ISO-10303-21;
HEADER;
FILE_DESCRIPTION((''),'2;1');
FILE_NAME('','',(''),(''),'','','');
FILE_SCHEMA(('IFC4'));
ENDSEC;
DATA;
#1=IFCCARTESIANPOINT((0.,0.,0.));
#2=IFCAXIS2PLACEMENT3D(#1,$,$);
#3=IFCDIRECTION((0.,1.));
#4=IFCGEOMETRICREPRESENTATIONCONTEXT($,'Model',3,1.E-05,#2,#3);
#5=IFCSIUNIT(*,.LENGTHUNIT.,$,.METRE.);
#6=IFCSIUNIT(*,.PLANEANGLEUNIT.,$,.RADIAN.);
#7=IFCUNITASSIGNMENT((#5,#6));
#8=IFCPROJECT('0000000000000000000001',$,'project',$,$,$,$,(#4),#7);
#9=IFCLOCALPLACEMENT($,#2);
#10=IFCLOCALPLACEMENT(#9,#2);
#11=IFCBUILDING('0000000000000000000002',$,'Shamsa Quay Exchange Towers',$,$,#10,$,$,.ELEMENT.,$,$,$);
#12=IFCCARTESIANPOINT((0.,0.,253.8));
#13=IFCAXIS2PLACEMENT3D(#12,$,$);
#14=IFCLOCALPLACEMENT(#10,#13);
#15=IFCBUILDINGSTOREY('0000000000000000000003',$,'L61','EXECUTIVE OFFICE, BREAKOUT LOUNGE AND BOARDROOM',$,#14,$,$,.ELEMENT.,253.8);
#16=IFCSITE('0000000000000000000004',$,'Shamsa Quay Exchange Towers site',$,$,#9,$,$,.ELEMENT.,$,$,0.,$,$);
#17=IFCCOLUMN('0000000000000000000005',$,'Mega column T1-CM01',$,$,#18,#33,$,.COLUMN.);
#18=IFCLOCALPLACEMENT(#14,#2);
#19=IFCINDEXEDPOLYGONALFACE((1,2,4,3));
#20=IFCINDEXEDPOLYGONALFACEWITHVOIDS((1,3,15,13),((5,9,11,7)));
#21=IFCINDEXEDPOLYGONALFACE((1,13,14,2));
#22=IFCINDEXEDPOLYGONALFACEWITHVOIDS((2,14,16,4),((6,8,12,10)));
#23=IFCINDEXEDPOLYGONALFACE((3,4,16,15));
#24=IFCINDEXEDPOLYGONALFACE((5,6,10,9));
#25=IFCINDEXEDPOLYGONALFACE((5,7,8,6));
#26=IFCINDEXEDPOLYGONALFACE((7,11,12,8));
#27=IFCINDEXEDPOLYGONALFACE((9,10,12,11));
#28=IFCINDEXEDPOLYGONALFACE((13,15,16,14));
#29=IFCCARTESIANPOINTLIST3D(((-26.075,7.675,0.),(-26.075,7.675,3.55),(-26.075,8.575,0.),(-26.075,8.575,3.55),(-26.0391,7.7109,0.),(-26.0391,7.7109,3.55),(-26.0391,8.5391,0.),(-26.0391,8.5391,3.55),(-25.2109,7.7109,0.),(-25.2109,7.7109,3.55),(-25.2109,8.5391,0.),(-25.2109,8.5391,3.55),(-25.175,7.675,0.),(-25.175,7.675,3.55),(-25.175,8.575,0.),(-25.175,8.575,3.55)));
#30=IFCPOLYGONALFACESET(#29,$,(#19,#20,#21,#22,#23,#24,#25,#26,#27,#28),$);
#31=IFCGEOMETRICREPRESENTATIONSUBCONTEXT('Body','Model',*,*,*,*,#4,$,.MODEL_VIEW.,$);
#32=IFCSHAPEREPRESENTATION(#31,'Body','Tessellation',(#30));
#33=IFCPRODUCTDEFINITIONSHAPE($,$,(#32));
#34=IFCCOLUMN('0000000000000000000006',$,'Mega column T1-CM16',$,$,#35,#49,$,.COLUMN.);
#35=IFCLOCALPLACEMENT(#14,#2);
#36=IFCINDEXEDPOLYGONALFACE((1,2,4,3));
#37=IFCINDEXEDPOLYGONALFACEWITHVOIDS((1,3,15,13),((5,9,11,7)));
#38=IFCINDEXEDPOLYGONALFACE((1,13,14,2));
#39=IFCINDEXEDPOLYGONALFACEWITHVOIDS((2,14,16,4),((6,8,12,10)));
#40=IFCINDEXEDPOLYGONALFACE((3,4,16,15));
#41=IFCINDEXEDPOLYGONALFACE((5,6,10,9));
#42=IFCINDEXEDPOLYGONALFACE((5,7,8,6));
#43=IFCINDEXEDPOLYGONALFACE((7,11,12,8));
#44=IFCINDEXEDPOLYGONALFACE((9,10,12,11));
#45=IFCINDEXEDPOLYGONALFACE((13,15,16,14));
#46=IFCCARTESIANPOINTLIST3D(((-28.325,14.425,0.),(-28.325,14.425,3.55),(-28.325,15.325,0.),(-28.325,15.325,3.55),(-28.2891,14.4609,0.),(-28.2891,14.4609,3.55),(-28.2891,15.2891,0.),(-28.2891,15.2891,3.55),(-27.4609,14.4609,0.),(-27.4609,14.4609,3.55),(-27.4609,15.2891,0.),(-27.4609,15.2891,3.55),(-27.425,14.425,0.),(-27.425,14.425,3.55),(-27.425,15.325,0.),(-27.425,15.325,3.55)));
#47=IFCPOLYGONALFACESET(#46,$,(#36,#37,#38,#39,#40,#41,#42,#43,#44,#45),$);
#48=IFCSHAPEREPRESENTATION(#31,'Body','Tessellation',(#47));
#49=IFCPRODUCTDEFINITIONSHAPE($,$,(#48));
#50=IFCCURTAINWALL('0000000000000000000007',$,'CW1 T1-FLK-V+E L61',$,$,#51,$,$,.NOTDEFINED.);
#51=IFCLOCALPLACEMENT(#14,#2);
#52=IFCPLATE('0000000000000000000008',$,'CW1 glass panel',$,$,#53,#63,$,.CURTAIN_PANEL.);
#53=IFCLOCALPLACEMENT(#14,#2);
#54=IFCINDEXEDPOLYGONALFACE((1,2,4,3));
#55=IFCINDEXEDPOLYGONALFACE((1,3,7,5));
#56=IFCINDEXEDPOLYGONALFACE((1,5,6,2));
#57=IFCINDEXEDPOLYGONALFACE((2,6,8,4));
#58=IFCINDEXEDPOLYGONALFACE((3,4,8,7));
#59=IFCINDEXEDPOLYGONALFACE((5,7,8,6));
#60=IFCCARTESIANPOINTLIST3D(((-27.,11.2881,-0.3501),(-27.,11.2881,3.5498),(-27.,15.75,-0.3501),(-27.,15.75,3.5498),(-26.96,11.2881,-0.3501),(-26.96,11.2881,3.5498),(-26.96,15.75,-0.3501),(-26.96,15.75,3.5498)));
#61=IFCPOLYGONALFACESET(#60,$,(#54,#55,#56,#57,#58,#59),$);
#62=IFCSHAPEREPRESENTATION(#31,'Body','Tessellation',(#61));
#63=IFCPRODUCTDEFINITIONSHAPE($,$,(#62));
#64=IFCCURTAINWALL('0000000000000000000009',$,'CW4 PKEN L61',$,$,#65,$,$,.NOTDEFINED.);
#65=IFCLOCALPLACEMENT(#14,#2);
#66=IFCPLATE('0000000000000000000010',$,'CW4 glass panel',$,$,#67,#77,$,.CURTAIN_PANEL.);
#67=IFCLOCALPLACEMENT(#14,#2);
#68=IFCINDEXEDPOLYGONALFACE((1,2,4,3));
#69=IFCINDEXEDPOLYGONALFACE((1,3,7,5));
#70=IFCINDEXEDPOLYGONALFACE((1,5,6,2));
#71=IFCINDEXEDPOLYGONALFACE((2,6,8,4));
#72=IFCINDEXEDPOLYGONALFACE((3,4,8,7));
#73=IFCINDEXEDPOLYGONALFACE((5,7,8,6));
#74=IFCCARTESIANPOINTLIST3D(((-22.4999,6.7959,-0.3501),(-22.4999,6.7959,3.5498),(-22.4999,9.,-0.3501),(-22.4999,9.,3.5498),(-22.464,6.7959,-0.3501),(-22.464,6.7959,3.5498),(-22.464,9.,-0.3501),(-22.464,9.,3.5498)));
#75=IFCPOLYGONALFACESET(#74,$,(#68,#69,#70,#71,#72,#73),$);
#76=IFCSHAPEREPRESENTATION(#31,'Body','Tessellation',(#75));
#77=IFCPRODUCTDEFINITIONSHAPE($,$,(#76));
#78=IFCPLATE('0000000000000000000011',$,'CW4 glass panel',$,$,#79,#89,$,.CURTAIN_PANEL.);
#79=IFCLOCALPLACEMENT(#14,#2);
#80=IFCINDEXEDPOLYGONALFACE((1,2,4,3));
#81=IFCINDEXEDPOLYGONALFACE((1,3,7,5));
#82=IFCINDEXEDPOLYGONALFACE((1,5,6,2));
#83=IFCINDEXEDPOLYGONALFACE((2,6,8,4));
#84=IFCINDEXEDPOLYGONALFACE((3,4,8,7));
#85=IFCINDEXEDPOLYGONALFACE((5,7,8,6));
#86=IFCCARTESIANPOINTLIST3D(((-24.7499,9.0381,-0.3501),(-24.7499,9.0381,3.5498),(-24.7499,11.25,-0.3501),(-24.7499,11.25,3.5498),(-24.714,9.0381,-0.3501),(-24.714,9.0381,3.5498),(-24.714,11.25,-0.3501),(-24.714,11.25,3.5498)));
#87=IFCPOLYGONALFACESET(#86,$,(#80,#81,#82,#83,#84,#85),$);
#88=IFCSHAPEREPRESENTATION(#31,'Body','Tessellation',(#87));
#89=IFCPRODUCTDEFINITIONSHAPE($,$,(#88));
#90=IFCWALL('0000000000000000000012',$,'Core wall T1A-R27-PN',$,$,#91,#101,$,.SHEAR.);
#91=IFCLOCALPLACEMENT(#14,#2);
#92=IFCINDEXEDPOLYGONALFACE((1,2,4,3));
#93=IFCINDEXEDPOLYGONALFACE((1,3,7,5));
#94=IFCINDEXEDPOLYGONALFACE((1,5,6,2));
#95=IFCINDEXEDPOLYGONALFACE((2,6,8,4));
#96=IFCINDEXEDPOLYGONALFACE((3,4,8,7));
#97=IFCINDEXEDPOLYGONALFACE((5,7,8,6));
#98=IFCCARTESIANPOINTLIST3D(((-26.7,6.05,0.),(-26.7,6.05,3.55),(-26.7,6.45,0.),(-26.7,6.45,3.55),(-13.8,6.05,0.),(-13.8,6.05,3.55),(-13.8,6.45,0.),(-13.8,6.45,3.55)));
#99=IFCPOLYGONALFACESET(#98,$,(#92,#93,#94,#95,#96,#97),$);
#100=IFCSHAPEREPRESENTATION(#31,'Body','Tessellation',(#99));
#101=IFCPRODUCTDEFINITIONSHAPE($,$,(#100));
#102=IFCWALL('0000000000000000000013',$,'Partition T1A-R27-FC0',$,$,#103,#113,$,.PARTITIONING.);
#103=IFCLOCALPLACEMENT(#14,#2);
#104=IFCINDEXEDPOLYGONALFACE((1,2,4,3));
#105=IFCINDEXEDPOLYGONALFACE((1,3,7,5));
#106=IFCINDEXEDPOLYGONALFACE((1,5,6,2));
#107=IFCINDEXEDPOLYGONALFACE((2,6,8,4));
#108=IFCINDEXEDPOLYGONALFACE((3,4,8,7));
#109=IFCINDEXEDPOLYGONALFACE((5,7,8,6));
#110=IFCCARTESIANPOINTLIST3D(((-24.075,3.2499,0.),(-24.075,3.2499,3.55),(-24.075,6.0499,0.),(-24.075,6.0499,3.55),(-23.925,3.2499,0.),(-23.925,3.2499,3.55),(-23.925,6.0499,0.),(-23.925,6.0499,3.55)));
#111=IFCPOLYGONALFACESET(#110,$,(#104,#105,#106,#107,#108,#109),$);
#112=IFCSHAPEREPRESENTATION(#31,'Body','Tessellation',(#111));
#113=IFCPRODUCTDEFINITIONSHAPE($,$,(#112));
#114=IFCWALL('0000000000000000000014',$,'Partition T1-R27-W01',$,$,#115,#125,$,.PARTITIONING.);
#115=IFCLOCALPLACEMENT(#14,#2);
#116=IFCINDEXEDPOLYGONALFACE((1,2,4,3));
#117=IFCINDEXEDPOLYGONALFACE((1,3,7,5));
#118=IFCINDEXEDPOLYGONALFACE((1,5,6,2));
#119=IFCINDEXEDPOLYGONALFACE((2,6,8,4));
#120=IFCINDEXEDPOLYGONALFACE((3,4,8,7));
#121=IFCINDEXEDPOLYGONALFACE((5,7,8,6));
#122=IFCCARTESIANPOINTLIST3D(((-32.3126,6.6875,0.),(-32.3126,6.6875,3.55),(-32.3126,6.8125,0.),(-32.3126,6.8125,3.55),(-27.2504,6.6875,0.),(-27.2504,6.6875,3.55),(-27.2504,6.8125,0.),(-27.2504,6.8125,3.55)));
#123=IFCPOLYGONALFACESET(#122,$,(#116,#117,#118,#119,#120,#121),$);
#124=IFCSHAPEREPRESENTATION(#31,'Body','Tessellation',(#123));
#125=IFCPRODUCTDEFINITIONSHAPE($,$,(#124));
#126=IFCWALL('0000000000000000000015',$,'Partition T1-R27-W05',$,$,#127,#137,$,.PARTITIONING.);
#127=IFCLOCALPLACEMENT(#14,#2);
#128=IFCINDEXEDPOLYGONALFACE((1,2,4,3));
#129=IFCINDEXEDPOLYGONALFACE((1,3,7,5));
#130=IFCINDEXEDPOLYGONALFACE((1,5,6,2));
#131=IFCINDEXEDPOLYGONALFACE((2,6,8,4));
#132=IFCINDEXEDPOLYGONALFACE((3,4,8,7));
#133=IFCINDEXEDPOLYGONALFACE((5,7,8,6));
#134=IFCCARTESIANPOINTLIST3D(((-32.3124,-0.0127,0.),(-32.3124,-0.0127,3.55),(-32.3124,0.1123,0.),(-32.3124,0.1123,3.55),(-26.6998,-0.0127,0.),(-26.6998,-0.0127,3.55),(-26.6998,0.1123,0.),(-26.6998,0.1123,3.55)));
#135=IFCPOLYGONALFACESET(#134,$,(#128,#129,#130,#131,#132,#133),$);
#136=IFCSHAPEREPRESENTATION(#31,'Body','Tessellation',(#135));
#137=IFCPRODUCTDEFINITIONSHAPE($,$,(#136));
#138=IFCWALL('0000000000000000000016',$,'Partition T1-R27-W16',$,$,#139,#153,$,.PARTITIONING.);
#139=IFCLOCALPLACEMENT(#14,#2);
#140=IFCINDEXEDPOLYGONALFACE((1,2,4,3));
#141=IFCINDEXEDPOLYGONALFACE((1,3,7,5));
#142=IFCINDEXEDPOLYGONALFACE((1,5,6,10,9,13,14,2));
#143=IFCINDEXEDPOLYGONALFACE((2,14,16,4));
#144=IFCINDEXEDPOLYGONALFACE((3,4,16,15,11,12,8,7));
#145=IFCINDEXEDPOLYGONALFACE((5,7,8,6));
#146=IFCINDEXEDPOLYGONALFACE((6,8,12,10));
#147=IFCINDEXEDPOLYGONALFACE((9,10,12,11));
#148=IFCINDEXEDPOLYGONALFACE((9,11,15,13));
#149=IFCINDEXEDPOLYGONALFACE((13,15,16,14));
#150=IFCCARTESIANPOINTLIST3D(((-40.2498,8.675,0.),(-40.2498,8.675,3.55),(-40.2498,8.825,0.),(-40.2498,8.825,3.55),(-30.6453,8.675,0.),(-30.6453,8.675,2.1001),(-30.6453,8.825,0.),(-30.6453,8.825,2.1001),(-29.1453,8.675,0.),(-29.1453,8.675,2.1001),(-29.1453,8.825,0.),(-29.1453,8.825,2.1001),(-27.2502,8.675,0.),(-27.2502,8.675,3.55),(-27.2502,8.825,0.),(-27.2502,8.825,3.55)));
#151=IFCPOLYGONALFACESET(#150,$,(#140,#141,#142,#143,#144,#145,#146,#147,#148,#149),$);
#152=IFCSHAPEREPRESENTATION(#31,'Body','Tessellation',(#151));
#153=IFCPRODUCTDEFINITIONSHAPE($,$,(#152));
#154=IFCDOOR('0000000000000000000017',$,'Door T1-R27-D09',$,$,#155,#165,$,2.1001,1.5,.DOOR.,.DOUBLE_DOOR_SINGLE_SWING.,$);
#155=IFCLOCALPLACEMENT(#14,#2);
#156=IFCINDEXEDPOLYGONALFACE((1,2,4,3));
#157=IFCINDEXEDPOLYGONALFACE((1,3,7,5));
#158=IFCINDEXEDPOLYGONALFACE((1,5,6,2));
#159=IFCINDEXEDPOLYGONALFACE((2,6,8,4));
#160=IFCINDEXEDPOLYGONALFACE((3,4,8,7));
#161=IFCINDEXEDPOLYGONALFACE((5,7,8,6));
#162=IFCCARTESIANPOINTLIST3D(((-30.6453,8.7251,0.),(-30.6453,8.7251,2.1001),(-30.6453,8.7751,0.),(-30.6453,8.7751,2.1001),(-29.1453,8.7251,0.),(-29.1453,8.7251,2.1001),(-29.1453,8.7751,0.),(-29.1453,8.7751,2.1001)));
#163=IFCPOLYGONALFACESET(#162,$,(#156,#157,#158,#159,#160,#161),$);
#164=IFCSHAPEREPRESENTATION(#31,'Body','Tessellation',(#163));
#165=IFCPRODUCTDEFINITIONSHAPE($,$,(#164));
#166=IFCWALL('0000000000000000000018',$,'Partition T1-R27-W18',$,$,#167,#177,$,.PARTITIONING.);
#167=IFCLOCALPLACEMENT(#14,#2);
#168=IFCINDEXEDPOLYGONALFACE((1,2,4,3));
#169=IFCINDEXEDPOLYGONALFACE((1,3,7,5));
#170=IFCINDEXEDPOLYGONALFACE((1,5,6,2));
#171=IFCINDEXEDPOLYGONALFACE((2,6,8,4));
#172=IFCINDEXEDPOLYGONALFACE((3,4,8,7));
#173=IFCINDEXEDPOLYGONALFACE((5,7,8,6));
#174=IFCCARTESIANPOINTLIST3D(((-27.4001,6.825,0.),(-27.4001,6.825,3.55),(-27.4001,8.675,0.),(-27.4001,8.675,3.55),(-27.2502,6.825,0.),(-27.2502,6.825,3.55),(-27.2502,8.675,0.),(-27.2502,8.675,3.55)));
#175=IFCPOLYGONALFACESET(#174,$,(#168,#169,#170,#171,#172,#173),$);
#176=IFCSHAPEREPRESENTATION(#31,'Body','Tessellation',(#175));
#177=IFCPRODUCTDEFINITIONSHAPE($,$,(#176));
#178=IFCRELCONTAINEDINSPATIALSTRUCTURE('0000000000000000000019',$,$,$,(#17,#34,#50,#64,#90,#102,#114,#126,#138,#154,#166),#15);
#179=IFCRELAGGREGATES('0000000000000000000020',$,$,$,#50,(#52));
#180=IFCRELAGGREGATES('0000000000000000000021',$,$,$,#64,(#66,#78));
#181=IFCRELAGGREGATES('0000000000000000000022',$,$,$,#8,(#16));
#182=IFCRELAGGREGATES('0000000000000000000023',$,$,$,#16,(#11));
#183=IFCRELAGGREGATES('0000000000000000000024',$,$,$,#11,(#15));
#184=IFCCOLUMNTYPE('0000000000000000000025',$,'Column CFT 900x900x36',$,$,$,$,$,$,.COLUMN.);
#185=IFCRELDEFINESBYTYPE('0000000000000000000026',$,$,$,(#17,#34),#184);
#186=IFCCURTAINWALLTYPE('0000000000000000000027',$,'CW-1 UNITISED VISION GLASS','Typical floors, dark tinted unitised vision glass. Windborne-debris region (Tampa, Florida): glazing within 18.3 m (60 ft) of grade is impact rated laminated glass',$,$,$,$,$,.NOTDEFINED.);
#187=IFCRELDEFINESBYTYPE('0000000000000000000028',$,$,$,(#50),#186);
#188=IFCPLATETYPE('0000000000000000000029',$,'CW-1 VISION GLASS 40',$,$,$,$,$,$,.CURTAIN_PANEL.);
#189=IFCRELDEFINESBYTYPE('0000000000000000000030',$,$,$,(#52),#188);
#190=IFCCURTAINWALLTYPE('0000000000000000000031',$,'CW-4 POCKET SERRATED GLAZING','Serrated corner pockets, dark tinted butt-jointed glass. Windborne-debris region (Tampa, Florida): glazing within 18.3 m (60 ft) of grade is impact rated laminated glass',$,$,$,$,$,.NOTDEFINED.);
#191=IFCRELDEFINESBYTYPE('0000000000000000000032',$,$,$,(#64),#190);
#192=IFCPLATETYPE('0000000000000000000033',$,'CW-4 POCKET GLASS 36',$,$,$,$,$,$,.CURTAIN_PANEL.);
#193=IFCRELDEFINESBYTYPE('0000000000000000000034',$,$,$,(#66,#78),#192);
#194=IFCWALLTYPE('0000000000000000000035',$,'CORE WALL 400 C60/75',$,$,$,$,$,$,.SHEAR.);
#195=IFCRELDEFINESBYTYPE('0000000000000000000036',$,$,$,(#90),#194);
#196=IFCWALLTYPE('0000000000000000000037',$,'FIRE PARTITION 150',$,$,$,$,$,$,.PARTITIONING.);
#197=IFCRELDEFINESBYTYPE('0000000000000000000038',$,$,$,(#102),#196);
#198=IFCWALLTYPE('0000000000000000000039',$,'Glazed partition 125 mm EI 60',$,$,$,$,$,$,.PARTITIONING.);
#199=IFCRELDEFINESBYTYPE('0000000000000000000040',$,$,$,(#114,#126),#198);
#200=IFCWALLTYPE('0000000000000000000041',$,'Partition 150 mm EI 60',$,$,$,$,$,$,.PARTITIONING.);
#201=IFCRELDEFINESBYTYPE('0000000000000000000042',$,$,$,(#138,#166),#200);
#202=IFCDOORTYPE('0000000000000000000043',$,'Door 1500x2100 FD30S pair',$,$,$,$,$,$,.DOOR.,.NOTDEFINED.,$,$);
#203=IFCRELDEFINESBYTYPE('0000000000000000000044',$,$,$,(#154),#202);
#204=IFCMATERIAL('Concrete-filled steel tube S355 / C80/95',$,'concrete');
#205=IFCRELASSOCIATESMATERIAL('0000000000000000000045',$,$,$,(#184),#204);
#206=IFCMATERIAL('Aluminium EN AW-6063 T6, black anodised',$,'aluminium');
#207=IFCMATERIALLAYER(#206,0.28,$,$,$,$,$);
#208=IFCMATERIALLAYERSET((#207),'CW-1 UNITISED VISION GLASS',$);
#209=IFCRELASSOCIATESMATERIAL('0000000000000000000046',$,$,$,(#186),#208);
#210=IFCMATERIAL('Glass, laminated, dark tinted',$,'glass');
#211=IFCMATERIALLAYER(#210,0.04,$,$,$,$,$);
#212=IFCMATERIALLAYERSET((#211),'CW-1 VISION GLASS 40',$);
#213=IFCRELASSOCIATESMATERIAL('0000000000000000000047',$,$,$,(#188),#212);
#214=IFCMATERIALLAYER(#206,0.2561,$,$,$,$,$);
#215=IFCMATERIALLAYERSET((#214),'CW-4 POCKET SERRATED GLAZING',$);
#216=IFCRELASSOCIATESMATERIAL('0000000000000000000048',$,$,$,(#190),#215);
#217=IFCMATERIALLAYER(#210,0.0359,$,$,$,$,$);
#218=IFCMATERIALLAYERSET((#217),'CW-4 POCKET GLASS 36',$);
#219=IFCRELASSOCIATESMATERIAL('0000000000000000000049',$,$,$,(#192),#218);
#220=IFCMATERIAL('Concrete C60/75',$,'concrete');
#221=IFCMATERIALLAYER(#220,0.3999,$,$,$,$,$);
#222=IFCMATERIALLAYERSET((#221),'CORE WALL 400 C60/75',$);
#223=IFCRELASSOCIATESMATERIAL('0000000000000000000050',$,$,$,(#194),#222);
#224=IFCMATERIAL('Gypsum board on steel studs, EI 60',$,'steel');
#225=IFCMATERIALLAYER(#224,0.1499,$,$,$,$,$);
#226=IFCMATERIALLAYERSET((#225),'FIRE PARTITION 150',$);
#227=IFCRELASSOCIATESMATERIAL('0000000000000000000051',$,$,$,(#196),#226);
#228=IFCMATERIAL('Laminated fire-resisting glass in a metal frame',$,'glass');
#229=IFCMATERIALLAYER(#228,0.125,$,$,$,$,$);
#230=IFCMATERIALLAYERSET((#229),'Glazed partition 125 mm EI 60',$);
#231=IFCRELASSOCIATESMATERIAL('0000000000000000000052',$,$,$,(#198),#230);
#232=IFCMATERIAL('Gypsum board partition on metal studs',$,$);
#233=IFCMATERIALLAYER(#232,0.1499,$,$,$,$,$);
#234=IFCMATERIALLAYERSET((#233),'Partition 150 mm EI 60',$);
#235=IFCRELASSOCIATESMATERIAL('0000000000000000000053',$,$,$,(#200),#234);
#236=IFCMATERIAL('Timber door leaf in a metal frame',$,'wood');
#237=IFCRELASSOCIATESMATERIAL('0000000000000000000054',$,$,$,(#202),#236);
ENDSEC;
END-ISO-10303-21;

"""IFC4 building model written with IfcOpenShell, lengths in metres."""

from ifc_helpers import new_model, si_unit, direction, frame, frame_2d, origin, origin_2d, place, context, subcontext, project, spatial, rectangle, hollow_rectangle, extrude, material, layer, layer_set, material_profile, profile_set, type_object, element, fill, aggregate, save


model = new_model("IFC4")

# Units and contexts
model_context = context("Model", 3, precision=1e-05, world=origin(), true_north=direction((0.0, 1.0)))
body_context = subcontext(model_context, "Body", "Model", "MODEL_VIEW")
ifc_project = project(units=[si_unit("LENGTHUNIT", "METRE"), si_unit("PLANEANGLEUNIT", "RADIAN")], contexts=[model_context])

# Site, building, storey
site_placement = place(None, origin())
site = spatial("IfcSite", under=ifc_project, at=site_placement, Name="Shamsa Quay Exchange Towers site", CompositionType="ELEMENT", RefElevation=0.0)
building_placement = place(site_placement, origin())
building = spatial("IfcBuilding", under=site, at=building_placement, Name="Shamsa Quay Exchange Towers", CompositionType="ELEMENT")
storey_placement = place(building_placement, frame((0.0, 0.0, 253.8)))
storey = spatial("IfcBuildingStorey", under=building, at=storey_placement, Name="L61", Description="EXECUTIVE OFFICE, BREAKOUT LOUNGE AND BOARDROOM", CompositionType="ELEMENT", Elevation=253.8)

# Columns
ifc_material_1 = material(Name="Concrete-filled steel tube S355 / C80/95", Category="concrete")
ifc_material_profile = material_profile(ifc_material_1, hollow_rectangle(XDim=0.8999, YDim=0.8999, WallThickness=0.0359, at=origin_2d()), Name="CFT 900x900x36")
ifc_profile_set = profile_set([ifc_material_profile], Name="Concrete-filled steel tube S355 / C80/95")
column_type = type_object("IfcColumnType", Name="Column CFT 900x900x36", PredefinedType="COLUMN", material=ifc_profile_set)
for number, where, name in (
    (1, (-25.625, 8.125, 0.0), "Mega column T1-CM01"),
    (2, (-27.875, 14.875, 0.0), "Mega column T1-CM16"),
):
    element("IfcColumn", number, at=place(storey_placement, frame(where)), inside=storey, type_object=column_type, Name=name, PredefinedType="COLUMN", context=body_context, shape_type="SweptSolid", body=[
        extrude(hollow_rectangle(XDim=0.8999, YDim=0.8999, WallThickness=0.0359, at=origin_2d()), origin(), (0.0, 0.0, 1.0), 3.55),
    ])

# Curtain wall, plate
ifc_material_2 = material(Name="Aluminium EN AW-6063 T6, black anodised", Category="aluminium")
ifc_layer_1 = layer(ifc_material_2, 0.28)
ifc_layer_set_1 = layer_set([ifc_layer_1], Name="CW-1 UNITISED VISION GLASS")
curtain_wall_type_1 = type_object("IfcCurtainWallType", Name="CW-1 UNITISED VISION GLASS", Description="Typical floors, dark tinted unitised vision glass. Windborne-debris region (Tampa, Florida): glazing within 18.3 m (60 ft) of grade is impact rated laminated glass", PredefinedType="NOTDEFINED", material=ifc_layer_set_1)
curtain_wall_1_placement = place(storey_placement, origin())
curtain_wall_1 = element("IfcCurtainWall", 3, at=curtain_wall_1_placement, inside=storey, type_object=curtain_wall_type_1, Name="CW1 T1-FLK-V+E L61", PredefinedType="NOTDEFINED")
ifc_material_3 = material(Name="Glass, laminated, dark tinted", Category="glass")
ifc_layer_2 = layer(ifc_material_3, 0.04)
ifc_layer_set_2 = layer_set([ifc_layer_2], Name="CW-1 VISION GLASS 40")
plate_type_1 = type_object("IfcPlateType", Name="CW-1 VISION GLASS 40", PredefinedType="CURTAIN_PANEL", material=ifc_layer_set_2)
plate_1_placement = place(storey_placement, frame((-26.98, 13.519, -0.3501), z_axis=(0.0, 0.0, 1.0), x_axis=(0.0, 1.0, 0.0)))
plate_1 = element("IfcPlate", 4, at=plate_1_placement, type_object=plate_type_1, Name="CW1 glass panel", PredefinedType="CURTAIN_PANEL", context=body_context, shape_type="SweptSolid", body=[
    extrude(rectangle(XDim=4.4619, YDim=0.04, at=origin_2d()), origin(), (0.0, 0.0, 1.0), 3.8999),
])
aggregate(curtain_wall_1, [plate_1])

# Curtain wall, plates
ifc_layer_3 = layer(ifc_material_2, 0.2561)
ifc_layer_set_3 = layer_set([ifc_layer_3], Name="CW-4 POCKET SERRATED GLAZING")
curtain_wall_type_2 = type_object("IfcCurtainWallType", Name="CW-4 POCKET SERRATED GLAZING", Description="Serrated corner pockets, dark tinted butt-jointed glass. Windborne-debris region (Tampa, Florida): glazing within 18.3 m (60 ft) of grade is impact rated laminated glass", PredefinedType="NOTDEFINED", material=ifc_layer_set_3)
curtain_wall_2_placement = place(storey_placement, origin())
curtain_wall_2 = element("IfcCurtainWall", 5, at=curtain_wall_2_placement, inside=storey, type_object=curtain_wall_type_2, Name="CW4 PKEN L61", PredefinedType="NOTDEFINED")
ifc_layer_4 = layer(ifc_material_3, 0.0359)
ifc_layer_set_4 = layer_set([ifc_layer_4], Name="CW-4 POCKET GLASS 36")
plate_type_2 = type_object("IfcPlateType", Name="CW-4 POCKET GLASS 36", PredefinedType="CURTAIN_PANEL", material=ifc_layer_set_4)
plate_2_placement = place(storey_placement, frame((-22.4819, 7.8979, -0.3501), z_axis=(0.0, 0.0, 1.0), x_axis=(0.0, 1.0, 0.0)))
plate_2 = element("IfcPlate", 6, at=plate_2_placement, type_object=plate_type_2, Name="CW4 glass panel", PredefinedType="CURTAIN_PANEL", context=body_context, shape_type="SweptSolid", body=[
    extrude(rectangle(XDim=2.2041, YDim=0.0359, at=origin_2d()), origin(), (0.0, 0.0, 1.0), 3.8999),
])
plate_3_placement = place(storey_placement, frame((-24.7319, 10.144, -0.3501), z_axis=(0.0, 0.0, 1.0), x_axis=(0.0, 1.0, 0.0)))
plate_3 = element("IfcPlate", 7, at=plate_3_placement, type_object=plate_type_2, Name="CW4 glass panel", PredefinedType="CURTAIN_PANEL", context=body_context, shape_type="SweptSolid", body=[
    extrude(rectangle(XDim=2.2119, YDim=0.0359, at=origin_2d()), origin(), (0.0, 0.0, 1.0), 3.8999),
])
aggregate(curtain_wall_2, [plate_2, plate_3])

# Wall
ifc_material_4 = material(Name="Concrete C60/75", Category="concrete")
ifc_layer_5 = layer(ifc_material_4, 0.3999)
ifc_layer_set_5 = layer_set([ifc_layer_5], Name="CORE WALL 400 C60/75")
wall_type_1 = type_object("IfcWallType", Name="CORE WALL 400 C60/75", PredefinedType="SHEAR", material=ifc_layer_set_5)
wall_1_placement = place(storey_placement, frame((-26.7, 6.25, 0.0)))
element("IfcWall", 8, at=wall_1_placement, inside=storey, type_object=wall_type_1, Name="Core wall T1A-R27-PN", PredefinedType="SHEAR", context=body_context, shape_type="SweptSolid", body=[
    extrude(rectangle(XDim=12.8999, YDim=0.3999, at=frame_2d((6.45, 0.0))), origin(), (0.0, 0.0, 1.0), 3.55),
])

# Walls
ifc_material_5 = material(Name="Gypsum board on steel studs, EI 60", Category="steel")
ifc_layer_6 = layer(ifc_material_5, 0.1499)
ifc_layer_set_6 = layer_set([ifc_layer_6], Name="FIRE PARTITION 150")
wall_type_2 = type_object("IfcWallType", Name="FIRE PARTITION 150", PredefinedType="PARTITIONING", material=ifc_layer_set_6)
wall_2_placement = place(storey_placement, frame((-24.0, 3.25, 0.0), z_axis=(0.0, 0.0, 1.0), x_axis=(0.0, 1.0, 0.0)))
element("IfcWall", 9, at=wall_2_placement, inside=storey, type_object=wall_type_2, Name="Partition T1A-R27-FC0", PredefinedType="PARTITIONING", context=body_context, shape_type="SweptSolid", body=[
    extrude(rectangle(XDim=2.8, YDim=0.1499, at=frame_2d((1.3999, 0.0))), origin(), (0.0, 0.0, 1.0), 3.55),
])
ifc_material_6 = material(Name="Laminated fire-resisting glass in a metal frame", Category="glass")
ifc_layer_7 = layer(ifc_material_6, 0.125)
ifc_layer_set_7 = layer_set([ifc_layer_7], Name="Glazed partition 125 mm EI 60")
wall_type_3 = type_object("IfcWallType", Name="Glazed partition 125 mm EI 60", PredefinedType="PARTITIONING", material=ifc_layer_set_7)
wall_3_placement = place(storey_placement, frame((-27.2502, 6.75, 0.0), z_axis=(0.0, 0.0, 1.0), x_axis=(-1.0, 0.0, 0.0)))
element("IfcWall", 10, at=wall_3_placement, inside=storey, type_object=wall_type_3, Name="Partition T1-R27-W01", PredefinedType="PARTITIONING", context=body_context, shape_type="SweptSolid", body=[
    extrude(rectangle(XDim=5.0623, YDim=0.125, at=frame_2d((2.5312, 0.0))), origin(), (0.0, 0.0, 1.0), 3.55),
])
wall_4_placement = place(storey_placement, frame((-26.7, 0.0498, 0.0), z_axis=(0.0, 0.0, 1.0), x_axis=(-1.0, 0.0, 0.0)))
element("IfcWall", 11, at=wall_4_placement, inside=storey, type_object=wall_type_3, Name="Partition T1-R27-W05", PredefinedType="PARTITIONING", context=body_context, shape_type="SweptSolid", body=[
    extrude(rectangle(XDim=5.6125, YDim=0.125, at=frame_2d((2.8062, 0.0))), origin(), (0.0, 0.0, 1.0), 3.55),
])

# Wall, opening, door
ifc_material_7 = material(Name="Gypsum board partition on metal studs")
ifc_layer_8 = layer(ifc_material_7, 0.1499)
ifc_layer_set_8 = layer_set([ifc_layer_8], Name="Partition 150 mm EI 60")
wall_type_4 = type_object("IfcWallType", Name="Partition 150 mm EI 60", PredefinedType="PARTITIONING", material=ifc_layer_set_8)
wall_5_placement = place(storey_placement, frame((-27.2502, 8.75, 0.0), z_axis=(0.0, 0.0, 1.0), x_axis=(-1.0, 0.0, 0.0)))
wall_5 = element("IfcWall", 12, at=wall_5_placement, inside=storey, type_object=wall_type_4, Name="Partition T1-R27-W16", PredefinedType="PARTITIONING", context=body_context, shape_type="SweptSolid", body=[
    extrude(rectangle(XDim=12.9995, YDim=0.1499, at=frame_2d((6.4998, 0.0))), origin(), (0.0, 0.0, 1.0), 3.55),
])
opening_1_placement = place(wall_5_placement, frame((1.895, 0.0, 0.0)))
opening_1 = element("IfcOpeningElement", 13, at=opening_1_placement, cuts=wall_5, PredefinedType="OPENING", context=body_context, shape_type="SweptSolid", body=[
    extrude(rectangle(XDim=1.5, YDim=2.1001, at=frame_2d((0.75, 1.05))), frame((0.0, 0.085, 0.0), z_axis=(0.0, -1.0, 0.0), x_axis=(1.0, 0.0, 0.0)), (0.0, 0.0, 1.0), 0.1699),
])
ifc_material_8 = material(Name="Timber door leaf in a metal frame", Category="wood")
door_type_1 = type_object("IfcDoorType", Name="Door 1500x2100 FD30S pair", OperationType="NOTDEFINED", PredefinedType="DOOR", material=ifc_material_8)
door_1_placement = place(opening_1_placement, origin())
door_1 = element("IfcDoor", 14, at=door_1_placement, inside=storey, type_object=door_type_1, Name="Door T1-R27-D09", OperationType="DOUBLE_DOOR_SINGLE_SWING", OverallHeight=2.1001, OverallWidth=1.5, PredefinedType="DOOR", context=body_context, shape_type="SweptSolid", body=[
    extrude(rectangle(XDim=1.5, YDim=2.1001, at=frame_2d((0.75, 1.05))), frame((0.0, 0.0249, 0.0), z_axis=(0.0, -1.0, 0.0), x_axis=(1.0, 0.0, 0.0)), (0.0, 0.0, 1.0), 0.05),
])
fill(opening_1, door_1)

# Wall
wall_6_placement = place(storey_placement, frame((-27.3252, 6.825, 0.0), z_axis=(0.0, 0.0, 1.0), x_axis=(0.0, 1.0, 0.0)))
element("IfcWall", 15, at=wall_6_placement, inside=storey, type_object=wall_type_4, Name="Partition T1-R27-W18", PredefinedType="PARTITIONING", context=body_context, shape_type="SweptSolid", body=[
    extrude(rectangle(XDim=1.8501, YDim=0.1499, at=frame_2d((0.925, 0.0))), origin(), (0.0, 0.0, 1.0), 3.55),
])

save(model, "model.ifc")
